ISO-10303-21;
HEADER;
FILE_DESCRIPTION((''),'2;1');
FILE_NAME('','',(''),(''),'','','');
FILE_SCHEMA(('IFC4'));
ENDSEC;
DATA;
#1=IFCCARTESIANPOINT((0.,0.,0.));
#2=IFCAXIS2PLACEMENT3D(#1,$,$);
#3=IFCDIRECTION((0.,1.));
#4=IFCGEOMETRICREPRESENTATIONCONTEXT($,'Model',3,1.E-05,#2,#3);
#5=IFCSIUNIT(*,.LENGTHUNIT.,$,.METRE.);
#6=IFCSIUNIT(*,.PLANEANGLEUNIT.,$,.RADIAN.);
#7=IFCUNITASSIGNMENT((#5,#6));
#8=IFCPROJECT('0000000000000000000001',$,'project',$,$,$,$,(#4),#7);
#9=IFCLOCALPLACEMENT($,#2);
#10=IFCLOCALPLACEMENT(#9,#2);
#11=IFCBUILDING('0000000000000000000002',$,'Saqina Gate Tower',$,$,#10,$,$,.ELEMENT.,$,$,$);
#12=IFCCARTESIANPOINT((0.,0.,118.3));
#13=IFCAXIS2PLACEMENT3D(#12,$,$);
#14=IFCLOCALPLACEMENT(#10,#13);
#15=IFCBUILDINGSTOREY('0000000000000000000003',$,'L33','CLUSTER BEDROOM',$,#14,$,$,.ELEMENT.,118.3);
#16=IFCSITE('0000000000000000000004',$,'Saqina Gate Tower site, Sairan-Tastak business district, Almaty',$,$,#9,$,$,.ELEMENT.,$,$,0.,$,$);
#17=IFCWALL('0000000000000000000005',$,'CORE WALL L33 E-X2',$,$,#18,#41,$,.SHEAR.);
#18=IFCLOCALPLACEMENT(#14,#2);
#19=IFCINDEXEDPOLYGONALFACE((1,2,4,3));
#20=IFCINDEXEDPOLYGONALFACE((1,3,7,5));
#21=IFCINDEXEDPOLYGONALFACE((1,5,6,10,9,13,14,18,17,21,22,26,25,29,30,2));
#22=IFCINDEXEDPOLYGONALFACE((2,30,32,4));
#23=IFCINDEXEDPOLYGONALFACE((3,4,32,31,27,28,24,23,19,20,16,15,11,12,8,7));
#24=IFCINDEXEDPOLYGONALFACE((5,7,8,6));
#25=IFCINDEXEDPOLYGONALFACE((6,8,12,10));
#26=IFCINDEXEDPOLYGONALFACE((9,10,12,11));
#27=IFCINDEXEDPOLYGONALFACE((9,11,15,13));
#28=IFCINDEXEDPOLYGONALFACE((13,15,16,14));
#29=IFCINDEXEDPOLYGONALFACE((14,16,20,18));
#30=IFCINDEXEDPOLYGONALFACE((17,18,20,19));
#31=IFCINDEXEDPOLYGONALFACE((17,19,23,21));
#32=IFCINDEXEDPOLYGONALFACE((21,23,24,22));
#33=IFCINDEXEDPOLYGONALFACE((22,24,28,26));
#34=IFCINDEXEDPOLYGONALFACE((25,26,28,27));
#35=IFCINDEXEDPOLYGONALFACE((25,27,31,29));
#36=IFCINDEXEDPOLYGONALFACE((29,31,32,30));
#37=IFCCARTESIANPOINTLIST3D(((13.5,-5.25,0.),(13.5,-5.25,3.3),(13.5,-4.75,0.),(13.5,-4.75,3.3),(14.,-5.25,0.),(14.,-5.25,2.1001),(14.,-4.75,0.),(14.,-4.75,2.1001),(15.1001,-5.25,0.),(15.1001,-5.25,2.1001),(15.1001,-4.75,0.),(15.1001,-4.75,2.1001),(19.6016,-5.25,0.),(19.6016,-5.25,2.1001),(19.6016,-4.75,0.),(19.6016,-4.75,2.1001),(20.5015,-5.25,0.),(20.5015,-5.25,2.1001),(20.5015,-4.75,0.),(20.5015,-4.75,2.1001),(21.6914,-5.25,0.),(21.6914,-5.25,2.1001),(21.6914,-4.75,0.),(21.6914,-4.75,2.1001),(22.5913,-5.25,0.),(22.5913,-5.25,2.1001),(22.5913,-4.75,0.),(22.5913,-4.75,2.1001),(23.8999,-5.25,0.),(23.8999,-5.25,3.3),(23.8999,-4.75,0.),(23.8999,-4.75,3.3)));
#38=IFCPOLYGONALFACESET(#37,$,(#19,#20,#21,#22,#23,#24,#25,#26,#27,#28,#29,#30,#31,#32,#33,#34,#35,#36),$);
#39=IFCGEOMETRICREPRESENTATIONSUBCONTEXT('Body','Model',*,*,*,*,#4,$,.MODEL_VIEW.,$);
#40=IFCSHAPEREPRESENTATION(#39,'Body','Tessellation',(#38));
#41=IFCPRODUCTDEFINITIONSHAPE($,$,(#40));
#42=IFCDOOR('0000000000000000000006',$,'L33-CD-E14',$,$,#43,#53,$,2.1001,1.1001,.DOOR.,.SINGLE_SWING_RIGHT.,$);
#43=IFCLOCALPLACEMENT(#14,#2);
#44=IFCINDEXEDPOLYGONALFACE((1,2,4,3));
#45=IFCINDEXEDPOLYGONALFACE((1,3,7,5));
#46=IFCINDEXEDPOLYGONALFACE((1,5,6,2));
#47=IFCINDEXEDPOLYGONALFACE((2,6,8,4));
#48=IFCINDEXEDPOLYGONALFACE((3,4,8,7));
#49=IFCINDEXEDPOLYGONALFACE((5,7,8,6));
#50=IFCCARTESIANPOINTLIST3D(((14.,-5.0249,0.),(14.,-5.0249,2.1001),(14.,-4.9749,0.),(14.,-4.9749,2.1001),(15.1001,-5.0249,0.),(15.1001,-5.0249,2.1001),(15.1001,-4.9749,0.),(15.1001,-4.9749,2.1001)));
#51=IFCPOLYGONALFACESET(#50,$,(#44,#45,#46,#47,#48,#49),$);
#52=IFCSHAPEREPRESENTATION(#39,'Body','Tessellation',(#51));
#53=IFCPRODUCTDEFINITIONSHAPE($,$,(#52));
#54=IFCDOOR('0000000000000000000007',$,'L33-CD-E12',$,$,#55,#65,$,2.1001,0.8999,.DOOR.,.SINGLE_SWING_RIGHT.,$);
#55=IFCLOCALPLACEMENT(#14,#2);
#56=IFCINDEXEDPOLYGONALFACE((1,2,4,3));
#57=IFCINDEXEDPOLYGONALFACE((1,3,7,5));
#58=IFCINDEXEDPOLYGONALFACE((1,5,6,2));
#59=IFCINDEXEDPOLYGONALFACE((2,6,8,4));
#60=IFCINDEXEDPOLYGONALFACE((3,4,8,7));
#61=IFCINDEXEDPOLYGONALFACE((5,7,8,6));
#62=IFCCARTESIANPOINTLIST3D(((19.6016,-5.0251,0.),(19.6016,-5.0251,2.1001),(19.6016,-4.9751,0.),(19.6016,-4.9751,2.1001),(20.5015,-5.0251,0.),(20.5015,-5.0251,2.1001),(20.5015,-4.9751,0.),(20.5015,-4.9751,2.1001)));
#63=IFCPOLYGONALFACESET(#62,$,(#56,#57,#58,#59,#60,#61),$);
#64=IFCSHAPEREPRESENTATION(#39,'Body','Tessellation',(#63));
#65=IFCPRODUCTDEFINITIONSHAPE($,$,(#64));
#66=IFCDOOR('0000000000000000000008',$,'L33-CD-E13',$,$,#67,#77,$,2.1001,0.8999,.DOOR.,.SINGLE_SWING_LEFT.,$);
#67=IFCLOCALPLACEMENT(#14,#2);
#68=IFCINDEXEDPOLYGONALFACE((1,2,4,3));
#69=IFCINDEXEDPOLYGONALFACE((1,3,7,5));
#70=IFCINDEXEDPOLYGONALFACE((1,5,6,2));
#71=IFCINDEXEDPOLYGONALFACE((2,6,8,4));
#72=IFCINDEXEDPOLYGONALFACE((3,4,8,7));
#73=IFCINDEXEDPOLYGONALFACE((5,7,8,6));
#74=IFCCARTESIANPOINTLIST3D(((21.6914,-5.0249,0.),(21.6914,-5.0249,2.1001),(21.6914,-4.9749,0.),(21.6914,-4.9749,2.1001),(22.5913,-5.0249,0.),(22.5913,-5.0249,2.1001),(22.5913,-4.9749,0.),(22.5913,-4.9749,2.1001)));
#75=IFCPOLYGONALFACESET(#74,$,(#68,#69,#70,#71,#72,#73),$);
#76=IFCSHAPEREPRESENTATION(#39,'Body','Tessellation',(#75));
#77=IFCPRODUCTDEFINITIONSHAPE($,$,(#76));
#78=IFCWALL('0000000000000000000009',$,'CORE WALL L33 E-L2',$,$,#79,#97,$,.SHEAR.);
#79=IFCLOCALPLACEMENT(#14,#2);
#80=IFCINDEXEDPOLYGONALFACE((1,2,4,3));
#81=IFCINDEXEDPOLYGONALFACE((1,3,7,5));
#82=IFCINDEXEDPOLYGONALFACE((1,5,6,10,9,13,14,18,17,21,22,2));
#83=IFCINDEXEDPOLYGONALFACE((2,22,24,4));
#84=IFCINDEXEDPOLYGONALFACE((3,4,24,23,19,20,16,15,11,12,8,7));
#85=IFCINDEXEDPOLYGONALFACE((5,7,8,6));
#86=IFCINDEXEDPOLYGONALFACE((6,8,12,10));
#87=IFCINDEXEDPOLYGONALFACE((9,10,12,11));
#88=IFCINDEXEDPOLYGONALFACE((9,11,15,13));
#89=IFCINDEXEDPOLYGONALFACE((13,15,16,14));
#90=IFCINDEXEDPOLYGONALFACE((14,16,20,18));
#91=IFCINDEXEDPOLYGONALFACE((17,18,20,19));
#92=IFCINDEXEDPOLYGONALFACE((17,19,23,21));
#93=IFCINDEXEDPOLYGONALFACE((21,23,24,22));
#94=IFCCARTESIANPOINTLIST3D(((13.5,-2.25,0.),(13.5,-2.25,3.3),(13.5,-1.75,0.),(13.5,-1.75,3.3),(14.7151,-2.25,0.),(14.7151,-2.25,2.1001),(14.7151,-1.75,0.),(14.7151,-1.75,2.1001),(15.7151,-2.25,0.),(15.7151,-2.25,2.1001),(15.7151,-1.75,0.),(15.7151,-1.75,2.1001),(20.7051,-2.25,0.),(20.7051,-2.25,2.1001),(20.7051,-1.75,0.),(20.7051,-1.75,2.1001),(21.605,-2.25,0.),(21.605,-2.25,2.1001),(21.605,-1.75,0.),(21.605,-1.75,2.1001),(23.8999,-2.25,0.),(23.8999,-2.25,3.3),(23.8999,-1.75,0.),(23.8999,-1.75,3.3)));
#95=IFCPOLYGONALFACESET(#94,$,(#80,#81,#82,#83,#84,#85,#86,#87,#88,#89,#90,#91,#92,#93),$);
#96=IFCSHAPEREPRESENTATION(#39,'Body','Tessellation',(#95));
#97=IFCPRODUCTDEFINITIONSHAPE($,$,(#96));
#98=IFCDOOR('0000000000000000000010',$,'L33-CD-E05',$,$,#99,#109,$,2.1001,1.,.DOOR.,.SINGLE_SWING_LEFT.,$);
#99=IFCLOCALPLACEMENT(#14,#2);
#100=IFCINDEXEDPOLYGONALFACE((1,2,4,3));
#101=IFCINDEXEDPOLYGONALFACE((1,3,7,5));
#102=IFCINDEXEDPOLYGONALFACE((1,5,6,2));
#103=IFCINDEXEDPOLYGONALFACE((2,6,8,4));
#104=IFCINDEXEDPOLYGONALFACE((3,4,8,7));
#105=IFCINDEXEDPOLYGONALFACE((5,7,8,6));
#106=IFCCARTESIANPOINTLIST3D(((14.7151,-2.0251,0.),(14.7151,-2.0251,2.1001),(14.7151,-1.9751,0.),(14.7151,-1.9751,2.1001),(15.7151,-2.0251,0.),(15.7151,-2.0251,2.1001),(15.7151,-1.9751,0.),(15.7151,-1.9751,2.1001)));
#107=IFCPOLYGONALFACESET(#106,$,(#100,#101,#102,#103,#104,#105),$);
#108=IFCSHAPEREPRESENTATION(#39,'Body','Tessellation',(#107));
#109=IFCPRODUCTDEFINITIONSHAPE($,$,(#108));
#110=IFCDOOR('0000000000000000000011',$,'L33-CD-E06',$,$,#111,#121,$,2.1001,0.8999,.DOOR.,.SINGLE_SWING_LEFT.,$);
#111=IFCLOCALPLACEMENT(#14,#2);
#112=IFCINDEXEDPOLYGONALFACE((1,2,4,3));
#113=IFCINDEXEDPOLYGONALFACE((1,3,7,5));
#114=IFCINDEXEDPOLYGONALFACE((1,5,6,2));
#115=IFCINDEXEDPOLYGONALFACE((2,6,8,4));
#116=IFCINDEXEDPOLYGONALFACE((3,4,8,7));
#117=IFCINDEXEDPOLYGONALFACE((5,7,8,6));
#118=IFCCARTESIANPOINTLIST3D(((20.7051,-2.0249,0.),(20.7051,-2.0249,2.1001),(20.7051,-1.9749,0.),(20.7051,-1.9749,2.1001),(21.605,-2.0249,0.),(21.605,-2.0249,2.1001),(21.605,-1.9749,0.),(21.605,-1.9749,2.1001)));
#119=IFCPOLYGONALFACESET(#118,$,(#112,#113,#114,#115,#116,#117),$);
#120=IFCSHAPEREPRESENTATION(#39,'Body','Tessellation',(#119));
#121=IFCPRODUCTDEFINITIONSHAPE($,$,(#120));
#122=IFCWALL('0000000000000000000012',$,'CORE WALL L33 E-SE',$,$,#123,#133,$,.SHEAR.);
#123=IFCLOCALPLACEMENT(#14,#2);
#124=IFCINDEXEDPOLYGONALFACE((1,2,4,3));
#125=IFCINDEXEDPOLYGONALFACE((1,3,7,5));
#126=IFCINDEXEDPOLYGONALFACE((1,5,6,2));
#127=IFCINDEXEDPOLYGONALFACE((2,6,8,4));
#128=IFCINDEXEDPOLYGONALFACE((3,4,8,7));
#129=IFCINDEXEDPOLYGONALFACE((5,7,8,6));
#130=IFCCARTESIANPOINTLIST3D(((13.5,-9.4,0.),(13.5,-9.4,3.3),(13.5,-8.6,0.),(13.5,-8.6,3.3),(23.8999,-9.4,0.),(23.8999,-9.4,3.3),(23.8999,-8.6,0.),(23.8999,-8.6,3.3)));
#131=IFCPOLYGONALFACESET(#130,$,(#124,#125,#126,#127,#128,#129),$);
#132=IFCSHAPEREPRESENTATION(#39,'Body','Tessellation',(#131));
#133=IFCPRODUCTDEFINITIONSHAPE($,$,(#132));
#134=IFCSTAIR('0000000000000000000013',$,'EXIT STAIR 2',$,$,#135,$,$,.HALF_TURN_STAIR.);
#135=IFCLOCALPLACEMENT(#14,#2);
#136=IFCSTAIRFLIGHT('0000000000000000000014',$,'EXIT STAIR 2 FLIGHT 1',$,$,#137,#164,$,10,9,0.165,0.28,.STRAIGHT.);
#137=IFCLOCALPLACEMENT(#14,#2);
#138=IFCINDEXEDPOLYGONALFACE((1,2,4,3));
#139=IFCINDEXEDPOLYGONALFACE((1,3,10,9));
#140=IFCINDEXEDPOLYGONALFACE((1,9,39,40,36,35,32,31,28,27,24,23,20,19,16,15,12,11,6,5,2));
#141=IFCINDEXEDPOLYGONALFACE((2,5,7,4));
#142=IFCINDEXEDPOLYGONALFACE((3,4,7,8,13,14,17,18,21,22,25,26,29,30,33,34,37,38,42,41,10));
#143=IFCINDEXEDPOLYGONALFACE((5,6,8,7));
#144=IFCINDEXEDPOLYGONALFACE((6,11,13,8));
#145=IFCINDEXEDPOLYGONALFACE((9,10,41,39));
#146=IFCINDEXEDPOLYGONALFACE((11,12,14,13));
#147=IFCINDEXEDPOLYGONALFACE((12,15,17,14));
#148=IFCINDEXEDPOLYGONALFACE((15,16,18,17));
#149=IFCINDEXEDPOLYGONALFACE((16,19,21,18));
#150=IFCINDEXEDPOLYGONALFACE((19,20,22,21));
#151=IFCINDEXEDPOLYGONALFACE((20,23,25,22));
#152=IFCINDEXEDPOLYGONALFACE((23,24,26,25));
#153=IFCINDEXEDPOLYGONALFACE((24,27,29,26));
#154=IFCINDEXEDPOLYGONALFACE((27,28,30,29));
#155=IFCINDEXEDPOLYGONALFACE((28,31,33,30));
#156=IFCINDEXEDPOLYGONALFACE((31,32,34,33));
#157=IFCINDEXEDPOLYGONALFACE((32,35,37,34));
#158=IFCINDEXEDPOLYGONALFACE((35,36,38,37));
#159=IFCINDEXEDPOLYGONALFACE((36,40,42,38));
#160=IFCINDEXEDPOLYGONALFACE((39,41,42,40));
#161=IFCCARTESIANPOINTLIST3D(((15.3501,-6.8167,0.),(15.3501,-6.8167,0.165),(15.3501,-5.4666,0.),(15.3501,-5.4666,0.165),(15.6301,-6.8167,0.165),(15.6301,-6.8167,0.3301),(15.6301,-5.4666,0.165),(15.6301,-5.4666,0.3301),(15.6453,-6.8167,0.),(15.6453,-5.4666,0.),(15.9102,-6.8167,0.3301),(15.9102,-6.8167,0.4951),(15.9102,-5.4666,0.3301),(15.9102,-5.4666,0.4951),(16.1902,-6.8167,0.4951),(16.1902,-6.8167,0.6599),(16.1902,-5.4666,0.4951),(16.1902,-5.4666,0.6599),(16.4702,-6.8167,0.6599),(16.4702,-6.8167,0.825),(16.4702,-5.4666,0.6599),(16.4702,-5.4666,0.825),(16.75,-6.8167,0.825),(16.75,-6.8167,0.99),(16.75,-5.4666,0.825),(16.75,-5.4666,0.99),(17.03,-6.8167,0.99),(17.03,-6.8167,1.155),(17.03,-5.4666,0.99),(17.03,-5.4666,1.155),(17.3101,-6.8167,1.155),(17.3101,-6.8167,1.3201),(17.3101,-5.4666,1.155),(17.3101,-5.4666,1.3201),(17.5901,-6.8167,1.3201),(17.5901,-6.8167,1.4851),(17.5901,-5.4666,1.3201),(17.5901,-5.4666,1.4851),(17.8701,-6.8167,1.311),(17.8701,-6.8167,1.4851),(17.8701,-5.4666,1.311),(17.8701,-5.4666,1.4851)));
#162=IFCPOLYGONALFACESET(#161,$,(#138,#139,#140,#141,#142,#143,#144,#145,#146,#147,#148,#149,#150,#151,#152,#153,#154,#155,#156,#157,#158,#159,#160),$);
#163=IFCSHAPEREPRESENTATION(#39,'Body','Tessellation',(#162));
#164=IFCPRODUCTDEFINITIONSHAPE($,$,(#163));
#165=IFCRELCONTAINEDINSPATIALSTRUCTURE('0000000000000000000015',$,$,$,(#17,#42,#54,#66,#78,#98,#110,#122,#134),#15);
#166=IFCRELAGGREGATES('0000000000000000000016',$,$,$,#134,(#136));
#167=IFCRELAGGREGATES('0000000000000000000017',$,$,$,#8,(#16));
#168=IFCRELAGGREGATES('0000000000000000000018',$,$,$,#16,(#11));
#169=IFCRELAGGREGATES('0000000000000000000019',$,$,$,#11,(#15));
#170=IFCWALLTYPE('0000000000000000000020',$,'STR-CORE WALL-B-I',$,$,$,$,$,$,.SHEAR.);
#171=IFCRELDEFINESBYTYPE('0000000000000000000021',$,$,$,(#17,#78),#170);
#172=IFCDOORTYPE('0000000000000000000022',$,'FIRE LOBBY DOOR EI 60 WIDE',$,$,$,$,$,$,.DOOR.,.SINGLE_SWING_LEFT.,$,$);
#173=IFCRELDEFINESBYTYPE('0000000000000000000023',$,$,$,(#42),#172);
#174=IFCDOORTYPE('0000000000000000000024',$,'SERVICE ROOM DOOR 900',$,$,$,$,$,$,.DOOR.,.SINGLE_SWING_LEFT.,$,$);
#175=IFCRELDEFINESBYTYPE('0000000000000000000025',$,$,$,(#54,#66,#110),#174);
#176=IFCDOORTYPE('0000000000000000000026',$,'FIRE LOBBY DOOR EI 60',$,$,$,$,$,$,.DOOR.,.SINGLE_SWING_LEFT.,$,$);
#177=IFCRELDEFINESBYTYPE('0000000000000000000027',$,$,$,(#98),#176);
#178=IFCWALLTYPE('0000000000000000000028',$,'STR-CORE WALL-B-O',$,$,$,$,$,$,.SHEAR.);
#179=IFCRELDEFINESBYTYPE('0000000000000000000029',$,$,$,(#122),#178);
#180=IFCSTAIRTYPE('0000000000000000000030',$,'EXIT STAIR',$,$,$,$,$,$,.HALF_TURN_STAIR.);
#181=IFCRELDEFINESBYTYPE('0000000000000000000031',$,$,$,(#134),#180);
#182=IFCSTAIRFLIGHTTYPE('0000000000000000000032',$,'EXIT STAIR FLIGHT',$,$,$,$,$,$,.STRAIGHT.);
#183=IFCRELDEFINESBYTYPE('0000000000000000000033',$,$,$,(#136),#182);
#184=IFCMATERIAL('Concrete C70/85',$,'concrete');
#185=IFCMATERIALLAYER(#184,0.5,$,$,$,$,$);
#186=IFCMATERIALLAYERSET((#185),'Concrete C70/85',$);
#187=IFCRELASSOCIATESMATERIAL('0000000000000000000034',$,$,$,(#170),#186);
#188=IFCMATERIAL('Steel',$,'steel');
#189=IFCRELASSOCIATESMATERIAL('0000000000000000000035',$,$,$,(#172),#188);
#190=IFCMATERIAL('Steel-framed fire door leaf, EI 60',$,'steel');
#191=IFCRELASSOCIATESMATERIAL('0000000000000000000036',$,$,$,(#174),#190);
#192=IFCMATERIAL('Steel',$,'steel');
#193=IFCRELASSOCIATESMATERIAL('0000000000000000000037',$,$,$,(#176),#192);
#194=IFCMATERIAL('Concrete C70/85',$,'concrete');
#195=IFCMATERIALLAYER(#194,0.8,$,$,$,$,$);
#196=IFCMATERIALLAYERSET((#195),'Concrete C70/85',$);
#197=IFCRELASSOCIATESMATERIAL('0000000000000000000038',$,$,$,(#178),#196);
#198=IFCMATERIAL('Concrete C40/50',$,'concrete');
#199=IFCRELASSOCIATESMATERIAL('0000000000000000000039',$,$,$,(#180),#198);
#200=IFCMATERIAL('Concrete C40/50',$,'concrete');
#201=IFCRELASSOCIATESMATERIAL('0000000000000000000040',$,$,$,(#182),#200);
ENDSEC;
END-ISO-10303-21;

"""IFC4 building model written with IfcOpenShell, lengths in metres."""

from ifc_helpers import new_model, si_unit, direction, frame, frame_2d, origin, place, context, subcontext, project, spatial, polyline, rectangle, outline, extrude, material, layer, layer_set, type_object, element, fill, aggregate, save


model = new_model("IFC4")

# Units and contexts
model_context = context("Model", 3, precision=1e-05, world=origin(), true_north=direction((0.0, 1.0)))
body_context = subcontext(model_context, "Body", "Model", "MODEL_VIEW")
ifc_project = project(units=[si_unit("LENGTHUNIT", "METRE"), si_unit("PLANEANGLEUNIT", "RADIAN")], contexts=[model_context])

# Site, building, storey
site_placement = place(None, origin())
site = spatial("IfcSite", under=ifc_project, at=site_placement, Name="Saqina Gate Tower site, Sairan-Tastak business district, Almaty", CompositionType="ELEMENT", RefElevation=0.0)
building_placement = place(site_placement, origin())
building = spatial("IfcBuilding", under=site, at=building_placement, Name="Saqina Gate Tower", CompositionType="ELEMENT")
storey_placement = place(building_placement, frame((0.0, 0.0, 118.3)))
storey = spatial("IfcBuildingStorey", under=building, at=storey_placement, Name="L33", Description="CLUSTER BEDROOM", CompositionType="ELEMENT", Elevation=118.3)

# Walls, openings, doors
ifc_material_1 = material(Name="Concrete C70/85", Category="concrete")
ifc_layer_1 = layer(ifc_material_1, 0.5)
ifc_layer_set_1 = layer_set([ifc_layer_1], Name="Concrete C70/85")
wall_type_1 = type_object("IfcWallType", Name="STR-CORE WALL-B-I", PredefinedType="SHEAR", material=ifc_layer_set_1)
wall_1_placement = place(storey_placement, frame((13.5, -5.0, 0.0), z_axis=(0.0, 0.0, 1.0), x_axis=(1.0, 0.0, 0.0)))
wall_1 = element("IfcWall", 1, at=wall_1_placement, inside=storey, type_object=wall_type_1, Name="CORE WALL L33 E-X2", PredefinedType="SHEAR", context=body_context, shape_type="SweptSolid", body=[
    extrude(rectangle(XDim=10.3999, YDim=0.5, at=frame_2d((5.2, 0.0))), origin(), (0.0, 0.0, 1.0), 3.3),
])
opening_1_placement = place(wall_1_placement, frame((6.1016, 0.0, 0.0)))
opening_1 = element("IfcOpeningElement", 2, at=opening_1_placement, cuts=wall_1, PredefinedType="OPENING", context=body_context, shape_type="SweptSolid", body=[
    extrude(rectangle(XDim=0.8999, YDim=2.1001, at=frame_2d((0.45, 1.05))), frame((0.0, 0.262, 0.0), z_axis=(0.0, -1.0, 0.0), x_axis=(1.0, 0.0, 0.0)), (0.0, 0.0, 1.0), 0.5239),
])
opening_2_placement = place(wall_1_placement, frame((8.1914, 0.0, 0.0)))
opening_2 = element("IfcOpeningElement", 3, at=opening_2_placement, cuts=wall_1, PredefinedType="OPENING", context=body_context, shape_type="SweptSolid", body=[
    extrude(rectangle(XDim=0.8999, YDim=2.1001, at=frame_2d((0.45, 1.05))), frame((0.0, 0.262, 0.0), z_axis=(0.0, -1.0, 0.0), x_axis=(1.0, 0.0, 0.0)), (0.0, 0.0, 1.0), 0.5239),
])
opening_3_placement = place(wall_1_placement, frame((0.5, 0.0, 0.0)))
opening_3 = element("IfcOpeningElement", 4, at=opening_3_placement, cuts=wall_1, PredefinedType="OPENING", context=body_context, shape_type="SweptSolid", body=[
    extrude(rectangle(XDim=1.1001, YDim=2.1001, at=frame_2d((0.55, 1.05))), frame((0.0, 0.262, 0.0), z_axis=(0.0, -1.0, 0.0), x_axis=(1.0, 0.0, 0.0)), (0.0, 0.0, 1.0), 0.5239),
])
ifc_material_2 = material(Name="Steel", Category="steel")
door_type_1 = type_object("IfcDoorType", Name="FIRE LOBBY DOOR EI 60 WIDE", OperationType="SINGLE_SWING_LEFT", PredefinedType="DOOR", material=ifc_material_2)
door_1_placement = place(opening_3_placement, frame((1.1001, 0.0, 0.0), z_axis=(0.0, 0.0, 1.0), x_axis=(-1.0, 0.0, 0.0)))
door_1 = element("IfcDoor", 5, at=door_1_placement, inside=storey, type_object=door_type_1, Name="L33-CD-E14", OperationType="SINGLE_SWING_RIGHT", OverallHeight=2.1001, OverallWidth=1.1001, PredefinedType="DOOR", context=body_context, shape_type="SweptSolid", body=[
    extrude(rectangle(XDim=1.1001, YDim=2.1001, at=frame_2d((0.55, 1.05))), frame((0.0, 0.0249, 0.0), z_axis=(0.0, -1.0, 0.0), x_axis=(1.0, 0.0, 0.0)), (0.0, 0.0, 1.0), 0.05),
])
fill(opening_3, door_1)
ifc_material_3 = material(Name="Steel-framed fire door leaf, EI 60", Category="steel")
door_type_2 = type_object("IfcDoorType", Name="SERVICE ROOM DOOR 900", OperationType="SINGLE_SWING_LEFT", PredefinedType="DOOR", material=ifc_material_3)
door_2_placement = place(opening_1_placement, origin())
door_2 = element("IfcDoor", 6, at=door_2_placement, inside=storey, type_object=door_type_2, Name="L33-CD-E12", OperationType="SINGLE_SWING_RIGHT", OverallHeight=2.1001, OverallWidth=0.8999, PredefinedType="DOOR", context=body_context, shape_type="SweptSolid", body=[
    extrude(rectangle(XDim=0.8999, YDim=2.1001, at=frame_2d((0.45, 1.05))), frame((0.0, 0.0249, 0.0), z_axis=(0.0, -1.0, 0.0), x_axis=(1.0, 0.0, 0.0)), (0.0, 0.0, 1.0), 0.05),
])
fill(opening_1, door_2)
door_3_placement = place(opening_2_placement, frame((0.8999, 0.0, 0.0), z_axis=(0.0, 0.0, 1.0), x_axis=(-1.0, 0.0, 0.0)))
door_3 = element("IfcDoor", 7, at=door_3_placement, inside=storey, type_object=door_type_2, Name="L33-CD-E13", OperationType="SINGLE_SWING_LEFT", OverallHeight=2.1001, OverallWidth=0.8999, PredefinedType="DOOR", context=body_context, shape_type="SweptSolid", body=[
    extrude(rectangle(XDim=0.8999, YDim=2.1001, at=frame_2d((0.45, 1.05))), frame((0.0, 0.0249, 0.0), z_axis=(0.0, -1.0, 0.0), x_axis=(1.0, 0.0, 0.0)), (0.0, 0.0, 1.0), 0.05),
])
fill(opening_2, door_3)
wall_2_placement = place(storey_placement, frame((13.5, -2.0, 0.0), z_axis=(0.0, 0.0, 1.0), x_axis=(1.0, 0.0, 0.0)))
wall_2 = element("IfcWall", 8, at=wall_2_placement, inside=storey, type_object=wall_type_1, Name="CORE WALL L33 E-L2", PredefinedType="SHEAR", context=body_context, shape_type="SweptSolid", body=[
    extrude(rectangle(XDim=10.3999, YDim=0.5, at=frame_2d((5.2, 0.0))), origin(), (0.0, 0.0, 1.0), 3.3),
])
opening_4_placement = place(wall_2_placement, frame((1.2151, 0.0, 0.0)))
opening_4 = element("IfcOpeningElement", 9, at=opening_4_placement, cuts=wall_2, PredefinedType="OPENING", context=body_context, shape_type="SweptSolid", body=[
    extrude(rectangle(XDim=1.0, YDim=2.1001, at=frame_2d((0.5, 1.05))), frame((0.0, 0.262, 0.0), z_axis=(0.0, -1.0, 0.0), x_axis=(1.0, 0.0, 0.0)), (0.0, 0.0, 1.0), 0.5239),
])
opening_5_placement = place(wall_2_placement, frame((7.2051, 0.0, 0.0)))
opening_5 = element("IfcOpeningElement", 10, at=opening_5_placement, cuts=wall_2, PredefinedType="OPENING", context=body_context, shape_type="SweptSolid", body=[
    extrude(rectangle(XDim=0.8999, YDim=2.1001, at=frame_2d((0.45, 1.05))), frame((0.0, 0.262, 0.0), z_axis=(0.0, -1.0, 0.0), x_axis=(1.0, 0.0, 0.0)), (0.0, 0.0, 1.0), 0.5239),
])
ifc_material_4 = material(Name="Steel", Category="steel")
door_type_3 = type_object("IfcDoorType", Name="FIRE LOBBY DOOR EI 60", OperationType="SINGLE_SWING_LEFT", PredefinedType="DOOR", material=ifc_material_4)
door_4_placement = place(opening_4_placement, origin())
door_4 = element("IfcDoor", 11, at=door_4_placement, inside=storey, type_object=door_type_3, Name="L33-CD-E05", OperationType="SINGLE_SWING_LEFT", OverallHeight=2.1001, OverallWidth=1.0, PredefinedType="DOOR", context=body_context, shape_type="SweptSolid", body=[
    extrude(rectangle(XDim=1.0, YDim=2.1001, at=frame_2d((0.5, 1.05))), frame((0.0, 0.0249, 0.0), z_axis=(0.0, -1.0, 0.0), x_axis=(1.0, 0.0, 0.0)), (0.0, 0.0, 1.0), 0.05),
])
fill(opening_4, door_4)
door_5_placement = place(opening_5_placement, frame((0.8999, 0.0, 0.0), z_axis=(0.0, 0.0, 1.0), x_axis=(-1.0, 0.0, 0.0)))
door_5 = element("IfcDoor", 12, at=door_5_placement, inside=storey, type_object=door_type_2, Name="L33-CD-E06", OperationType="SINGLE_SWING_LEFT", OverallHeight=2.1001, OverallWidth=0.8999, PredefinedType="DOOR", context=body_context, shape_type="SweptSolid", body=[
    extrude(rectangle(XDim=0.8999, YDim=2.1001, at=frame_2d((0.45, 1.05))), frame((0.0, 0.0249, 0.0), z_axis=(0.0, -1.0, 0.0), x_axis=(1.0, 0.0, 0.0)), (0.0, 0.0, 1.0), 0.05),
])
fill(opening_5, door_5)
ifc_material_5 = material(Name="Concrete C70/85", Category="concrete")
ifc_layer_2 = layer(ifc_material_5, 0.8)
ifc_layer_set_2 = layer_set([ifc_layer_2], Name="Concrete C70/85")
wall_type_2 = type_object("IfcWallType", Name="STR-CORE WALL-B-O", PredefinedType="SHEAR", material=ifc_layer_set_2)

# Wall
wall_3_placement = place(storey_placement, frame((13.5, -9.0, 0.0), z_axis=(0.0, 0.0, 1.0), x_axis=(1.0, 0.0, 0.0)))
element("IfcWall", 13, at=wall_3_placement, inside=storey, type_object=wall_type_2, Name="CORE WALL L33 E-SE", PredefinedType="SHEAR", context=body_context, shape_type="SweptSolid", body=[
    extrude(rectangle(XDim=10.3999, YDim=0.8, at=frame_2d((5.2, 0.0))), origin(), (0.0, 0.0, 1.0), 3.3),
])

# Stair, stair flight
ifc_material_6 = material(Name="Concrete C40/50", Category="concrete")
stair_type = type_object("IfcStairType", Name="EXIT STAIR", PredefinedType="HALF_TURN_STAIR", material=ifc_material_6)
stair_placement = place(storey_placement, origin())
stair = element("IfcStair", 14, at=stair_placement, inside=storey, type_object=stair_type, Name="EXIT STAIR 2", PredefinedType="HALF_TURN_STAIR")
ifc_material_7 = material(Name="Concrete C40/50", Category="concrete")
stair_flight_type = type_object("IfcStairFlightType", Name="EXIT STAIR FLIGHT", PredefinedType="STRAIGHT", material=ifc_material_7)
stair_flight_placement = place(storey_placement, frame((15.3501, -6.1416, 0.0), z_axis=(0.0, 0.0, 1.0), x_axis=(1.0, 0.0, 0.0)))
stair_flight = element("IfcStairFlight", 15, at=stair_flight_placement, type_object=stair_flight_type, Name="EXIT STAIR 2 FLIGHT 1", NumberOfRisers=10, NumberOfTreads=9, PredefinedType="STRAIGHT", RiserHeight=0.165, TreadLength=0.28, context=body_context, shape_type="SweptSolid", body=[
    extrude(outline(polyline([(0.0, 0.0), (0.0, 0.165), (0.28, 0.165), (0.28, 0.3301), (0.5601, 0.3301), (0.5601, 0.4951), (0.8401, 0.4951), (0.8401, 0.6599), (1.1201, 0.6599), (1.1201, 0.825), (1.3999, 0.825), (1.3999, 0.99), (1.6799, 0.99), (1.6799, 1.155), (1.96, 1.155), (1.96, 1.3201), (2.24, 1.3201), (2.24, 1.4851), (2.52, 1.4851), (2.52, 1.6499), (2.52, 1.311), (0.2952, 0.0), (0.0, 0.0)])), frame((0.0, 0.675, 0.0), z_axis=(0.0, -1.0, 0.0), x_axis=(1.0, 0.0, 0.0)), (0.0, 0.0, 1.0), 1.3501),
])
aggregate(stair, [stair_flight])

save(model, "model.ifc")
